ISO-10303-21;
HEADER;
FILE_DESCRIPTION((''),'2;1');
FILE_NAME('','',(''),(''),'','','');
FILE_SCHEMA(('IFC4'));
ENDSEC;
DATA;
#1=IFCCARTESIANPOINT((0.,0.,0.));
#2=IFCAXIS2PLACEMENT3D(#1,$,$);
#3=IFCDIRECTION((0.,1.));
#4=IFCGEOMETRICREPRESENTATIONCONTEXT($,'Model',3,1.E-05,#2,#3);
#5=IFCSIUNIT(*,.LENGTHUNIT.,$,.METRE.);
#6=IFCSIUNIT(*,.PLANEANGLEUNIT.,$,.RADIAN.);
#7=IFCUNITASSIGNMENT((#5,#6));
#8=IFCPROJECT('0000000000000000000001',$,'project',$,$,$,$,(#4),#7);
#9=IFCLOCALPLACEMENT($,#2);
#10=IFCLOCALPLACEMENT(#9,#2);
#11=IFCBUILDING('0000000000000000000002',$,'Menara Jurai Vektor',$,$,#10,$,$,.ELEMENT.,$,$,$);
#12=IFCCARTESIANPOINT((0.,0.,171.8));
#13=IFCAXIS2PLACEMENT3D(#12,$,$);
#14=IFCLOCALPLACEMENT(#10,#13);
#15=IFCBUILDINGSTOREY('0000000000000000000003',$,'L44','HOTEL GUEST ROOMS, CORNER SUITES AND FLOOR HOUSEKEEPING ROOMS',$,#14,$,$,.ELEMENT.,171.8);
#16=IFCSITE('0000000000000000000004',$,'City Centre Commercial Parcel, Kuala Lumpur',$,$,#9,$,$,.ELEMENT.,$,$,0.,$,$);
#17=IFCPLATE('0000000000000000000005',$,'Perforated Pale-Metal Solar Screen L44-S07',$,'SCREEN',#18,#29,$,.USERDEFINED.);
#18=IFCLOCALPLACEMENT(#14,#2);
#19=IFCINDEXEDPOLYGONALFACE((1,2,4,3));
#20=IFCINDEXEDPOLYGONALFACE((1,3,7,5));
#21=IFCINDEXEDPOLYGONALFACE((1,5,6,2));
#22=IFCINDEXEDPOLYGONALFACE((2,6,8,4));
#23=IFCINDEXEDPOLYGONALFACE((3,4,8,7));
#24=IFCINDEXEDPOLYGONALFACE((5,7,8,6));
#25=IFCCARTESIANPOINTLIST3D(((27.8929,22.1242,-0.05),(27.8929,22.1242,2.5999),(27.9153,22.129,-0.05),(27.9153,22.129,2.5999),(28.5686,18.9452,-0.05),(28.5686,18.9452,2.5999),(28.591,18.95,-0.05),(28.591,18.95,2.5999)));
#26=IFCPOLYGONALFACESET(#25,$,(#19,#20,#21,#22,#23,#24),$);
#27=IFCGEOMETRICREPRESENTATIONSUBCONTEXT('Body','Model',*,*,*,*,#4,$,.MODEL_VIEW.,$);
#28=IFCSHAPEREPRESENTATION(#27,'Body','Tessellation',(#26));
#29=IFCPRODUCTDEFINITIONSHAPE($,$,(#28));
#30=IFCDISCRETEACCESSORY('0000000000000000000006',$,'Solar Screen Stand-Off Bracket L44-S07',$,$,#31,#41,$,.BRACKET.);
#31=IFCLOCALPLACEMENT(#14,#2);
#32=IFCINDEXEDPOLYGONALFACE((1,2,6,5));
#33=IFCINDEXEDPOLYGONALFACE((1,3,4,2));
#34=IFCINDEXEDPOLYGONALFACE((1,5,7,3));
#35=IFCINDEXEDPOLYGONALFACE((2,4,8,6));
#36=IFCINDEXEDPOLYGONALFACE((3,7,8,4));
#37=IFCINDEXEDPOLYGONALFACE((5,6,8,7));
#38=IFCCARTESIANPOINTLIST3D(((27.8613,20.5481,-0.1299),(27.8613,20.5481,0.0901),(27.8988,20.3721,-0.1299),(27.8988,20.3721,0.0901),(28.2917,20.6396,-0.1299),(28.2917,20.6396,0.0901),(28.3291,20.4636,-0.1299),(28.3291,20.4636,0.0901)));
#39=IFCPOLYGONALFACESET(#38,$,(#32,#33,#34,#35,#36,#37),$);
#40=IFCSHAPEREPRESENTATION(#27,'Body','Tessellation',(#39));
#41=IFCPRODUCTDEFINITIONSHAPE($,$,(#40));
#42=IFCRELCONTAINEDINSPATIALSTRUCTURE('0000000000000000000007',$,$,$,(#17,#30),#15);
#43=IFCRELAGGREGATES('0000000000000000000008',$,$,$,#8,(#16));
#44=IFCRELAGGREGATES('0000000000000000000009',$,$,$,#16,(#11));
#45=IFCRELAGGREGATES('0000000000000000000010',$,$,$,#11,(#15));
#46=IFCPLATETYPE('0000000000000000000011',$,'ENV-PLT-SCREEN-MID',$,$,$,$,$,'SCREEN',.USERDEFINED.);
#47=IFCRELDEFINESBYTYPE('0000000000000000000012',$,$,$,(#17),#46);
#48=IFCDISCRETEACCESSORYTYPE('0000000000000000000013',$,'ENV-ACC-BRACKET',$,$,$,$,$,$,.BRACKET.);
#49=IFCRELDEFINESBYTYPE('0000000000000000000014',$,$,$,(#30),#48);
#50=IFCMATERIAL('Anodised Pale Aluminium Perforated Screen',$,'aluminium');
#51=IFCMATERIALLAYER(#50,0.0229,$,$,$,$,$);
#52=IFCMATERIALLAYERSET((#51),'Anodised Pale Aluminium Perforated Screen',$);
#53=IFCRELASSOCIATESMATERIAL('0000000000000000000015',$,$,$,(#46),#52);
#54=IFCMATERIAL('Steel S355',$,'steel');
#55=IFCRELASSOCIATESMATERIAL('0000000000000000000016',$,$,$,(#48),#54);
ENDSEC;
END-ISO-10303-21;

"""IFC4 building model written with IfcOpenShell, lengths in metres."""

from ifc_helpers import new_model, si_unit, direction, frame, origin, origin_2d, place, context, subcontext, project, spatial, rectangle, extrude, material, layer, layer_set, type_object, element, save


model = new_model("IFC4")

# Units and contexts
model_context = context("Model", 3, precision=1e-05, world=origin(), true_north=direction((0.0, 1.0)))
body_context = subcontext(model_context, "Body", "Model", "MODEL_VIEW")
ifc_project = project(units=[si_unit("LENGTHUNIT", "METRE"), si_unit("PLANEANGLEUNIT", "RADIAN")], contexts=[model_context])

# Site, building, storey
site_placement = place(None, origin())
site = spatial("IfcSite", under=ifc_project, at=site_placement, Name="City Centre Commercial Parcel, Kuala Lumpur", CompositionType="ELEMENT", RefElevation=0.0)
building_placement = place(site_placement, origin())
building = spatial("IfcBuilding", under=site, at=building_placement, Name="Menara Jurai Vektor", CompositionType="ELEMENT")
storey_placement = place(building_placement, frame((0.0, 0.0, 171.8)))
storey = spatial("IfcBuildingStorey", under=building, at=storey_placement, Name="L44", Description="HOTEL GUEST ROOMS, CORNER SUITES AND FLOOR HOUSEKEEPING ROOMS", CompositionType="ELEMENT", Elevation=171.8)

# Shared definitions
ifc_material_1 = material(Name="Steel S355", Category="steel")

# Plate
ifc_material_2 = material(Name="Anodised Pale Aluminium Perforated Screen", Category="aluminium")
ifc_layer_1 = layer(ifc_material_2, 0.0229)
ifc_layer_set_1 = layer_set([ifc_layer_1], Name="Anodised Pale Aluminium Perforated Screen")
plate_type_1 = type_object("IfcPlateType", Name="ENV-PLT-SCREEN-MID", ElementType="SCREEN", PredefinedType="USERDEFINED", material=ifc_layer_set_1)
plate_1_placement = place(storey_placement, frame((28.2419, 20.5371, -0.05), z_axis=(0.0, 0.0, 1.0), x_axis=(-0.207912, 0.978148, 0.0)))
element("IfcPlate", 1, at=plate_1_placement, inside=storey, type_object=plate_type_1, Name="Perforated Pale-Metal Solar Screen L44-S07", ObjectType="SCREEN", PredefinedType="USERDEFINED", context=body_context, shape_type="SweptSolid", body=[
    extrude(rectangle(XDim=3.25, YDim=0.0229, at=origin_2d()), origin(), (0.0, 0.0, 1.0), 2.6499),
])

# Discrete accessory
discrete_accessory_type = type_object("IfcDiscreteAccessoryType", Name="ENV-ACC-BRACKET", PredefinedType="BRACKET", material=ifc_material_1)
discrete_accessory_placement = place(storey_placement, frame((28.0952, 20.5059, -0.1299), z_axis=(0.0, 0.0, 1.0), x_axis=(-0.207912, 0.978148, 0.0)))
element("IfcDiscreteAccessory", 2, at=discrete_accessory_placement, inside=storey, type_object=discrete_accessory_type, Name="Solar Screen Stand-Off Bracket L44-S07", PredefinedType="BRACKET", context=body_context, shape_type="SweptSolid", body=[
    extrude(rectangle(XDim=0.1799, YDim=0.4399, at=origin_2d()), origin(), (0.0, 0.0, 1.0), 0.22),
])

save(model, "model.ifc")
